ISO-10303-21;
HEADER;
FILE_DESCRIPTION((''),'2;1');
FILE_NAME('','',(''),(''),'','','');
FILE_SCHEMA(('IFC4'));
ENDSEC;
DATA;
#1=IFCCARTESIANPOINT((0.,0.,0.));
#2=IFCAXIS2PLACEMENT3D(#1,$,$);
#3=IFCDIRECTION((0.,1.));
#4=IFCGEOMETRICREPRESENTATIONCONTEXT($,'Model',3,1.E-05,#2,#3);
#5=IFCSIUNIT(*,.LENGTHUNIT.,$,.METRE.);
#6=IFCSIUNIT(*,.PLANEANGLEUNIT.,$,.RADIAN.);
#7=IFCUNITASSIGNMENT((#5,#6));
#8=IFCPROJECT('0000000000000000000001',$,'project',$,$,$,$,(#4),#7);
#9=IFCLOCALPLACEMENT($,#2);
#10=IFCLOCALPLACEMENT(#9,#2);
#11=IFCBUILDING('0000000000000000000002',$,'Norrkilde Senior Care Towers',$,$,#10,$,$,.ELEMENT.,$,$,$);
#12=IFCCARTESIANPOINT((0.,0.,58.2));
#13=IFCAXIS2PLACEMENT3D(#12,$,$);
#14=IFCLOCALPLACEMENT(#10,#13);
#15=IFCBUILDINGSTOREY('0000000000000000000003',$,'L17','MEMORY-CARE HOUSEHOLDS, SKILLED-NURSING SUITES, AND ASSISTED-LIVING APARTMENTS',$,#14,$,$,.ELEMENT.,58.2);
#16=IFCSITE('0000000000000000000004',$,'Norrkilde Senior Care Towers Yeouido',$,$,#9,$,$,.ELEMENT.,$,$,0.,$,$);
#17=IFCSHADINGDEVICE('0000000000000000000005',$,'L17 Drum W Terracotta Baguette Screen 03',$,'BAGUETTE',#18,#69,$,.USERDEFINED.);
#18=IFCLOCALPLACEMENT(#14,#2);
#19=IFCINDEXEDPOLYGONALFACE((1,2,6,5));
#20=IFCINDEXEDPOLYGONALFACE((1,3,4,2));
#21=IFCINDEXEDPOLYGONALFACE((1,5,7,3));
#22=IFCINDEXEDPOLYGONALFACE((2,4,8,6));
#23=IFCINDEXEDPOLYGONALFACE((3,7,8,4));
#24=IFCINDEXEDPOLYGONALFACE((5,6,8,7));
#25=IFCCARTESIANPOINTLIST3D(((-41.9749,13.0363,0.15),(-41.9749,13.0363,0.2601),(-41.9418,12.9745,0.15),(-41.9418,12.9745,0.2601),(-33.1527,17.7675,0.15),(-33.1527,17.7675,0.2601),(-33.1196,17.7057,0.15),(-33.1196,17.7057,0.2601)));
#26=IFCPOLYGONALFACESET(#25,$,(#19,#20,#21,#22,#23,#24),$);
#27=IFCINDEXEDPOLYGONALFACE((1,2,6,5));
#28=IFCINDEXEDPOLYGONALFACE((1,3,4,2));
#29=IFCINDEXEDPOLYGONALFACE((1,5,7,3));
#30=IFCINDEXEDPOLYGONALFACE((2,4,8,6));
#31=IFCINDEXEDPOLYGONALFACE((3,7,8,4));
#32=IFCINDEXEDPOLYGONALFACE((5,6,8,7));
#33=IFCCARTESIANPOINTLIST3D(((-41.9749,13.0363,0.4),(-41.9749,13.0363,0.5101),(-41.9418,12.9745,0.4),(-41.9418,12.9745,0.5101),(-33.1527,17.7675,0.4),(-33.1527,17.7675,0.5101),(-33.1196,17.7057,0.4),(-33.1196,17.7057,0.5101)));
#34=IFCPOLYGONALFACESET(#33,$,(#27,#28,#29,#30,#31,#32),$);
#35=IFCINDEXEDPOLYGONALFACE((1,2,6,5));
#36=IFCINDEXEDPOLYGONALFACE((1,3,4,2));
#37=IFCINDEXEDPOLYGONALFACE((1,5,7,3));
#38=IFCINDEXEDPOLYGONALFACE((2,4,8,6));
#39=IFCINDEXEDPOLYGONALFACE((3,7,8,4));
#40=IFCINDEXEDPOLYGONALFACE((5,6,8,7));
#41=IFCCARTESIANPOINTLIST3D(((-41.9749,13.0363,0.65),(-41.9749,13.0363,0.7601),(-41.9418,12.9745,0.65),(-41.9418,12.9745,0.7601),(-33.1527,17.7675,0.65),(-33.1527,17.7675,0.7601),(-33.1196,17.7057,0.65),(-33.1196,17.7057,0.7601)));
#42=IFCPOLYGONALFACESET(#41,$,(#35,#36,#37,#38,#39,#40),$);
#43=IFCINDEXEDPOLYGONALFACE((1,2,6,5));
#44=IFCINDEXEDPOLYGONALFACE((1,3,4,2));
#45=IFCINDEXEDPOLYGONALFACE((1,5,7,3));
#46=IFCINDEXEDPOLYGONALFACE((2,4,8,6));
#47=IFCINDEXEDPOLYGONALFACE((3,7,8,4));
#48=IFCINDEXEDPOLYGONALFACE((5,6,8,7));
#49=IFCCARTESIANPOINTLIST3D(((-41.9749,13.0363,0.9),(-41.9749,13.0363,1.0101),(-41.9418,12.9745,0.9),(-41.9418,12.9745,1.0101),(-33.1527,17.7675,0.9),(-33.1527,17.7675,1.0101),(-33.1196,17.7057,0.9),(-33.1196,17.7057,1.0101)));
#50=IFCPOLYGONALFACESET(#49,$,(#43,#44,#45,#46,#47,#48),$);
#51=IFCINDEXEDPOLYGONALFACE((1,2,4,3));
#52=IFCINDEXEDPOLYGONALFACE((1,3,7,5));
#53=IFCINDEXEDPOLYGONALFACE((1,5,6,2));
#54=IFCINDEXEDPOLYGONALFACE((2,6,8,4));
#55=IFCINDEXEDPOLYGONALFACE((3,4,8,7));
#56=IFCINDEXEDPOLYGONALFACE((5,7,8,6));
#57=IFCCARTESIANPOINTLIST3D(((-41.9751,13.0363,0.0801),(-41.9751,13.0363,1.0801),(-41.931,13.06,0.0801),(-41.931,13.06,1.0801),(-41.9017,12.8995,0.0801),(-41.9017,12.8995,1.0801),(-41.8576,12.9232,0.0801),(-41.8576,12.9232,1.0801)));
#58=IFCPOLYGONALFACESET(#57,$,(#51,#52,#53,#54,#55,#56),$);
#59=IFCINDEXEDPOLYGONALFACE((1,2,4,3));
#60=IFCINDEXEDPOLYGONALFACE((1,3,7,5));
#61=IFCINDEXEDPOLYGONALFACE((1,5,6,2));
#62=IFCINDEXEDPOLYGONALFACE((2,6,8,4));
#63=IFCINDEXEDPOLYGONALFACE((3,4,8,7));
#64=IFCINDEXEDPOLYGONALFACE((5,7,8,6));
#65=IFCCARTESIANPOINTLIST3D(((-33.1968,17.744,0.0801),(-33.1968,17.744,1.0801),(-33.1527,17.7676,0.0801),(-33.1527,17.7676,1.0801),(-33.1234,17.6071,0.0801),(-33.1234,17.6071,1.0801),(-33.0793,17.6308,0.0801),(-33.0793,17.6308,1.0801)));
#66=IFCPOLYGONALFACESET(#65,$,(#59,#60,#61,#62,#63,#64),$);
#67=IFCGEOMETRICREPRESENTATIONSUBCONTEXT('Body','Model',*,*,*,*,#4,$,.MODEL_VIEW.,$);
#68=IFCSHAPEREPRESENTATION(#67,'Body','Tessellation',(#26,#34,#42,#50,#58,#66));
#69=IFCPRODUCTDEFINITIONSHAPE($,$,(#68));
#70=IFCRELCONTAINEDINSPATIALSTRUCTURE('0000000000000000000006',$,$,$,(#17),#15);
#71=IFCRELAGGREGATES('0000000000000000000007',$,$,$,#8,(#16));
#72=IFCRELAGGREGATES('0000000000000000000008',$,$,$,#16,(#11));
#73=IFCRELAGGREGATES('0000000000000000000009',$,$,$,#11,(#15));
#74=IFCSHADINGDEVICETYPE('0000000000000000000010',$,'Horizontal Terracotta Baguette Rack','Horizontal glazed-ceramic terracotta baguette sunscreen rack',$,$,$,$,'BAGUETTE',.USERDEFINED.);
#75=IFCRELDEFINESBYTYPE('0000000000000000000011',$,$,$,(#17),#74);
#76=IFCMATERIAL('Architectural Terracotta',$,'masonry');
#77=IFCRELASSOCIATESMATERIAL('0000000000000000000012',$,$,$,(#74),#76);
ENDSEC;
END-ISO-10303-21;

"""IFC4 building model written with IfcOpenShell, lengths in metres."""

from ifc_helpers import new_model, si_unit, direction, frame, origin, origin_2d, place, context, subcontext, project, spatial, rectangle, extrude, source, transform, mapped, material, type_object, type_shapes, element, save


model = new_model("IFC4")

# Units and contexts
model_context = context("Model", 3, precision=1e-05, world=origin(), true_north=direction((0.0, 1.0)))
body_context = subcontext(model_context, "Body", "Model", "MODEL_VIEW")
ifc_project = project(units=[si_unit("LENGTHUNIT", "METRE"), si_unit("PLANEANGLEUNIT", "RADIAN")], contexts=[model_context])

# Site, building, storey
site_placement = place(None, origin())
site = spatial("IfcSite", under=ifc_project, at=site_placement, Name="Norrkilde Senior Care Towers Yeouido", CompositionType="ELEMENT", RefElevation=0.0)
building_placement = place(site_placement, origin())
building = spatial("IfcBuilding", under=site, at=building_placement, Name="Norrkilde Senior Care Towers", CompositionType="ELEMENT")
storey_placement = place(building_placement, frame((0.0, 0.0, 58.2)))
storey = spatial("IfcBuildingStorey", under=building, at=storey_placement, Name="L17", Description="MEMORY-CARE HOUSEHOLDS, SKILLED-NURSING SUITES, AND ASSISTED-LIVING APARTMENTS", CompositionType="ELEMENT", Elevation=58.2)

# Shading device
ifc_material_1 = material(Name="Architectural Terracotta", Category="masonry")
shading_device_type = type_object("IfcShadingDeviceType", Name="Horizontal Terracotta Baguette Rack", Description="Horizontal glazed-ceramic terracotta baguette sunscreen rack", ElementType="BAGUETTE", PredefinedType="USERDEFINED", material=ifc_material_1)
shared_shape_1 = source(origin(), body_context, "Body", "SweptSolid", [
    extrude(rectangle(XDim=0.0701, YDim=0.1101, at=origin_2d()), frame((0.0, 0.0901, 0.125), z_axis=(1.0, 0.0, 0.0), x_axis=(0.0, 1.0, 0.0)), (0.0, 0.0, 1.0), 10.0107),
    extrude(rectangle(XDim=0.0701, YDim=0.1101, at=origin_2d()), frame((0.0, 0.0901, 0.375), z_axis=(1.0, 0.0, 0.0), x_axis=(0.0, 1.0, 0.0)), (0.0, 0.0, 1.0), 10.0107),
    extrude(rectangle(XDim=0.0701, YDim=0.1101, at=origin_2d()), frame((0.0, 0.0901, 0.625), z_axis=(1.0, 0.0, 0.0), x_axis=(0.0, 1.0, 0.0)), (0.0, 0.0, 1.0), 10.0107),
    extrude(rectangle(XDim=0.0701, YDim=0.1101, at=origin_2d()), frame((0.0, 0.0901, 0.875), z_axis=(1.0, 0.0, 0.0), x_axis=(0.0, 1.0, 0.0)), (0.0, 0.0, 1.0), 10.0107),
    extrude(rectangle(XDim=0.05, YDim=0.1553, at=origin_2d()), frame((0.0249, 0.0476, 0.0)), (0.0, 0.0, 1.0), 1.0),
    extrude(rectangle(XDim=0.05, YDim=0.1553, at=origin_2d()), frame((9.9858, 0.0476, 0.0)), (0.0, 0.0, 1.0), 1.0),
])
type_shapes(shading_device_type, [shared_shape_1])
shading_device_placement = place(storey_placement, frame((-41.9158, 12.926, 0.0801), z_axis=(0.0, 0.0, 1.0), x_axis=(0.88128, 0.472612, 0.0)))
element("IfcShadingDevice", 1, at=shading_device_placement, inside=storey, type_object=shading_device_type, Name="L17 Drum W Terracotta Baguette Screen 03", ObjectType="BAGUETTE", PredefinedType="USERDEFINED", context=body_context, shape_type="MappedRepresentation", body=[
    mapped(shared_shape_1, transform((0.0, 0.0, 0.0), x_axis=(1.0, 0.0, 0.0), y_axis=(0.0, 1.0, 0.0), z_axis=(0.0, 0.0, 1.0), scale=1.0)),
])

save(model, "model.ifc")
